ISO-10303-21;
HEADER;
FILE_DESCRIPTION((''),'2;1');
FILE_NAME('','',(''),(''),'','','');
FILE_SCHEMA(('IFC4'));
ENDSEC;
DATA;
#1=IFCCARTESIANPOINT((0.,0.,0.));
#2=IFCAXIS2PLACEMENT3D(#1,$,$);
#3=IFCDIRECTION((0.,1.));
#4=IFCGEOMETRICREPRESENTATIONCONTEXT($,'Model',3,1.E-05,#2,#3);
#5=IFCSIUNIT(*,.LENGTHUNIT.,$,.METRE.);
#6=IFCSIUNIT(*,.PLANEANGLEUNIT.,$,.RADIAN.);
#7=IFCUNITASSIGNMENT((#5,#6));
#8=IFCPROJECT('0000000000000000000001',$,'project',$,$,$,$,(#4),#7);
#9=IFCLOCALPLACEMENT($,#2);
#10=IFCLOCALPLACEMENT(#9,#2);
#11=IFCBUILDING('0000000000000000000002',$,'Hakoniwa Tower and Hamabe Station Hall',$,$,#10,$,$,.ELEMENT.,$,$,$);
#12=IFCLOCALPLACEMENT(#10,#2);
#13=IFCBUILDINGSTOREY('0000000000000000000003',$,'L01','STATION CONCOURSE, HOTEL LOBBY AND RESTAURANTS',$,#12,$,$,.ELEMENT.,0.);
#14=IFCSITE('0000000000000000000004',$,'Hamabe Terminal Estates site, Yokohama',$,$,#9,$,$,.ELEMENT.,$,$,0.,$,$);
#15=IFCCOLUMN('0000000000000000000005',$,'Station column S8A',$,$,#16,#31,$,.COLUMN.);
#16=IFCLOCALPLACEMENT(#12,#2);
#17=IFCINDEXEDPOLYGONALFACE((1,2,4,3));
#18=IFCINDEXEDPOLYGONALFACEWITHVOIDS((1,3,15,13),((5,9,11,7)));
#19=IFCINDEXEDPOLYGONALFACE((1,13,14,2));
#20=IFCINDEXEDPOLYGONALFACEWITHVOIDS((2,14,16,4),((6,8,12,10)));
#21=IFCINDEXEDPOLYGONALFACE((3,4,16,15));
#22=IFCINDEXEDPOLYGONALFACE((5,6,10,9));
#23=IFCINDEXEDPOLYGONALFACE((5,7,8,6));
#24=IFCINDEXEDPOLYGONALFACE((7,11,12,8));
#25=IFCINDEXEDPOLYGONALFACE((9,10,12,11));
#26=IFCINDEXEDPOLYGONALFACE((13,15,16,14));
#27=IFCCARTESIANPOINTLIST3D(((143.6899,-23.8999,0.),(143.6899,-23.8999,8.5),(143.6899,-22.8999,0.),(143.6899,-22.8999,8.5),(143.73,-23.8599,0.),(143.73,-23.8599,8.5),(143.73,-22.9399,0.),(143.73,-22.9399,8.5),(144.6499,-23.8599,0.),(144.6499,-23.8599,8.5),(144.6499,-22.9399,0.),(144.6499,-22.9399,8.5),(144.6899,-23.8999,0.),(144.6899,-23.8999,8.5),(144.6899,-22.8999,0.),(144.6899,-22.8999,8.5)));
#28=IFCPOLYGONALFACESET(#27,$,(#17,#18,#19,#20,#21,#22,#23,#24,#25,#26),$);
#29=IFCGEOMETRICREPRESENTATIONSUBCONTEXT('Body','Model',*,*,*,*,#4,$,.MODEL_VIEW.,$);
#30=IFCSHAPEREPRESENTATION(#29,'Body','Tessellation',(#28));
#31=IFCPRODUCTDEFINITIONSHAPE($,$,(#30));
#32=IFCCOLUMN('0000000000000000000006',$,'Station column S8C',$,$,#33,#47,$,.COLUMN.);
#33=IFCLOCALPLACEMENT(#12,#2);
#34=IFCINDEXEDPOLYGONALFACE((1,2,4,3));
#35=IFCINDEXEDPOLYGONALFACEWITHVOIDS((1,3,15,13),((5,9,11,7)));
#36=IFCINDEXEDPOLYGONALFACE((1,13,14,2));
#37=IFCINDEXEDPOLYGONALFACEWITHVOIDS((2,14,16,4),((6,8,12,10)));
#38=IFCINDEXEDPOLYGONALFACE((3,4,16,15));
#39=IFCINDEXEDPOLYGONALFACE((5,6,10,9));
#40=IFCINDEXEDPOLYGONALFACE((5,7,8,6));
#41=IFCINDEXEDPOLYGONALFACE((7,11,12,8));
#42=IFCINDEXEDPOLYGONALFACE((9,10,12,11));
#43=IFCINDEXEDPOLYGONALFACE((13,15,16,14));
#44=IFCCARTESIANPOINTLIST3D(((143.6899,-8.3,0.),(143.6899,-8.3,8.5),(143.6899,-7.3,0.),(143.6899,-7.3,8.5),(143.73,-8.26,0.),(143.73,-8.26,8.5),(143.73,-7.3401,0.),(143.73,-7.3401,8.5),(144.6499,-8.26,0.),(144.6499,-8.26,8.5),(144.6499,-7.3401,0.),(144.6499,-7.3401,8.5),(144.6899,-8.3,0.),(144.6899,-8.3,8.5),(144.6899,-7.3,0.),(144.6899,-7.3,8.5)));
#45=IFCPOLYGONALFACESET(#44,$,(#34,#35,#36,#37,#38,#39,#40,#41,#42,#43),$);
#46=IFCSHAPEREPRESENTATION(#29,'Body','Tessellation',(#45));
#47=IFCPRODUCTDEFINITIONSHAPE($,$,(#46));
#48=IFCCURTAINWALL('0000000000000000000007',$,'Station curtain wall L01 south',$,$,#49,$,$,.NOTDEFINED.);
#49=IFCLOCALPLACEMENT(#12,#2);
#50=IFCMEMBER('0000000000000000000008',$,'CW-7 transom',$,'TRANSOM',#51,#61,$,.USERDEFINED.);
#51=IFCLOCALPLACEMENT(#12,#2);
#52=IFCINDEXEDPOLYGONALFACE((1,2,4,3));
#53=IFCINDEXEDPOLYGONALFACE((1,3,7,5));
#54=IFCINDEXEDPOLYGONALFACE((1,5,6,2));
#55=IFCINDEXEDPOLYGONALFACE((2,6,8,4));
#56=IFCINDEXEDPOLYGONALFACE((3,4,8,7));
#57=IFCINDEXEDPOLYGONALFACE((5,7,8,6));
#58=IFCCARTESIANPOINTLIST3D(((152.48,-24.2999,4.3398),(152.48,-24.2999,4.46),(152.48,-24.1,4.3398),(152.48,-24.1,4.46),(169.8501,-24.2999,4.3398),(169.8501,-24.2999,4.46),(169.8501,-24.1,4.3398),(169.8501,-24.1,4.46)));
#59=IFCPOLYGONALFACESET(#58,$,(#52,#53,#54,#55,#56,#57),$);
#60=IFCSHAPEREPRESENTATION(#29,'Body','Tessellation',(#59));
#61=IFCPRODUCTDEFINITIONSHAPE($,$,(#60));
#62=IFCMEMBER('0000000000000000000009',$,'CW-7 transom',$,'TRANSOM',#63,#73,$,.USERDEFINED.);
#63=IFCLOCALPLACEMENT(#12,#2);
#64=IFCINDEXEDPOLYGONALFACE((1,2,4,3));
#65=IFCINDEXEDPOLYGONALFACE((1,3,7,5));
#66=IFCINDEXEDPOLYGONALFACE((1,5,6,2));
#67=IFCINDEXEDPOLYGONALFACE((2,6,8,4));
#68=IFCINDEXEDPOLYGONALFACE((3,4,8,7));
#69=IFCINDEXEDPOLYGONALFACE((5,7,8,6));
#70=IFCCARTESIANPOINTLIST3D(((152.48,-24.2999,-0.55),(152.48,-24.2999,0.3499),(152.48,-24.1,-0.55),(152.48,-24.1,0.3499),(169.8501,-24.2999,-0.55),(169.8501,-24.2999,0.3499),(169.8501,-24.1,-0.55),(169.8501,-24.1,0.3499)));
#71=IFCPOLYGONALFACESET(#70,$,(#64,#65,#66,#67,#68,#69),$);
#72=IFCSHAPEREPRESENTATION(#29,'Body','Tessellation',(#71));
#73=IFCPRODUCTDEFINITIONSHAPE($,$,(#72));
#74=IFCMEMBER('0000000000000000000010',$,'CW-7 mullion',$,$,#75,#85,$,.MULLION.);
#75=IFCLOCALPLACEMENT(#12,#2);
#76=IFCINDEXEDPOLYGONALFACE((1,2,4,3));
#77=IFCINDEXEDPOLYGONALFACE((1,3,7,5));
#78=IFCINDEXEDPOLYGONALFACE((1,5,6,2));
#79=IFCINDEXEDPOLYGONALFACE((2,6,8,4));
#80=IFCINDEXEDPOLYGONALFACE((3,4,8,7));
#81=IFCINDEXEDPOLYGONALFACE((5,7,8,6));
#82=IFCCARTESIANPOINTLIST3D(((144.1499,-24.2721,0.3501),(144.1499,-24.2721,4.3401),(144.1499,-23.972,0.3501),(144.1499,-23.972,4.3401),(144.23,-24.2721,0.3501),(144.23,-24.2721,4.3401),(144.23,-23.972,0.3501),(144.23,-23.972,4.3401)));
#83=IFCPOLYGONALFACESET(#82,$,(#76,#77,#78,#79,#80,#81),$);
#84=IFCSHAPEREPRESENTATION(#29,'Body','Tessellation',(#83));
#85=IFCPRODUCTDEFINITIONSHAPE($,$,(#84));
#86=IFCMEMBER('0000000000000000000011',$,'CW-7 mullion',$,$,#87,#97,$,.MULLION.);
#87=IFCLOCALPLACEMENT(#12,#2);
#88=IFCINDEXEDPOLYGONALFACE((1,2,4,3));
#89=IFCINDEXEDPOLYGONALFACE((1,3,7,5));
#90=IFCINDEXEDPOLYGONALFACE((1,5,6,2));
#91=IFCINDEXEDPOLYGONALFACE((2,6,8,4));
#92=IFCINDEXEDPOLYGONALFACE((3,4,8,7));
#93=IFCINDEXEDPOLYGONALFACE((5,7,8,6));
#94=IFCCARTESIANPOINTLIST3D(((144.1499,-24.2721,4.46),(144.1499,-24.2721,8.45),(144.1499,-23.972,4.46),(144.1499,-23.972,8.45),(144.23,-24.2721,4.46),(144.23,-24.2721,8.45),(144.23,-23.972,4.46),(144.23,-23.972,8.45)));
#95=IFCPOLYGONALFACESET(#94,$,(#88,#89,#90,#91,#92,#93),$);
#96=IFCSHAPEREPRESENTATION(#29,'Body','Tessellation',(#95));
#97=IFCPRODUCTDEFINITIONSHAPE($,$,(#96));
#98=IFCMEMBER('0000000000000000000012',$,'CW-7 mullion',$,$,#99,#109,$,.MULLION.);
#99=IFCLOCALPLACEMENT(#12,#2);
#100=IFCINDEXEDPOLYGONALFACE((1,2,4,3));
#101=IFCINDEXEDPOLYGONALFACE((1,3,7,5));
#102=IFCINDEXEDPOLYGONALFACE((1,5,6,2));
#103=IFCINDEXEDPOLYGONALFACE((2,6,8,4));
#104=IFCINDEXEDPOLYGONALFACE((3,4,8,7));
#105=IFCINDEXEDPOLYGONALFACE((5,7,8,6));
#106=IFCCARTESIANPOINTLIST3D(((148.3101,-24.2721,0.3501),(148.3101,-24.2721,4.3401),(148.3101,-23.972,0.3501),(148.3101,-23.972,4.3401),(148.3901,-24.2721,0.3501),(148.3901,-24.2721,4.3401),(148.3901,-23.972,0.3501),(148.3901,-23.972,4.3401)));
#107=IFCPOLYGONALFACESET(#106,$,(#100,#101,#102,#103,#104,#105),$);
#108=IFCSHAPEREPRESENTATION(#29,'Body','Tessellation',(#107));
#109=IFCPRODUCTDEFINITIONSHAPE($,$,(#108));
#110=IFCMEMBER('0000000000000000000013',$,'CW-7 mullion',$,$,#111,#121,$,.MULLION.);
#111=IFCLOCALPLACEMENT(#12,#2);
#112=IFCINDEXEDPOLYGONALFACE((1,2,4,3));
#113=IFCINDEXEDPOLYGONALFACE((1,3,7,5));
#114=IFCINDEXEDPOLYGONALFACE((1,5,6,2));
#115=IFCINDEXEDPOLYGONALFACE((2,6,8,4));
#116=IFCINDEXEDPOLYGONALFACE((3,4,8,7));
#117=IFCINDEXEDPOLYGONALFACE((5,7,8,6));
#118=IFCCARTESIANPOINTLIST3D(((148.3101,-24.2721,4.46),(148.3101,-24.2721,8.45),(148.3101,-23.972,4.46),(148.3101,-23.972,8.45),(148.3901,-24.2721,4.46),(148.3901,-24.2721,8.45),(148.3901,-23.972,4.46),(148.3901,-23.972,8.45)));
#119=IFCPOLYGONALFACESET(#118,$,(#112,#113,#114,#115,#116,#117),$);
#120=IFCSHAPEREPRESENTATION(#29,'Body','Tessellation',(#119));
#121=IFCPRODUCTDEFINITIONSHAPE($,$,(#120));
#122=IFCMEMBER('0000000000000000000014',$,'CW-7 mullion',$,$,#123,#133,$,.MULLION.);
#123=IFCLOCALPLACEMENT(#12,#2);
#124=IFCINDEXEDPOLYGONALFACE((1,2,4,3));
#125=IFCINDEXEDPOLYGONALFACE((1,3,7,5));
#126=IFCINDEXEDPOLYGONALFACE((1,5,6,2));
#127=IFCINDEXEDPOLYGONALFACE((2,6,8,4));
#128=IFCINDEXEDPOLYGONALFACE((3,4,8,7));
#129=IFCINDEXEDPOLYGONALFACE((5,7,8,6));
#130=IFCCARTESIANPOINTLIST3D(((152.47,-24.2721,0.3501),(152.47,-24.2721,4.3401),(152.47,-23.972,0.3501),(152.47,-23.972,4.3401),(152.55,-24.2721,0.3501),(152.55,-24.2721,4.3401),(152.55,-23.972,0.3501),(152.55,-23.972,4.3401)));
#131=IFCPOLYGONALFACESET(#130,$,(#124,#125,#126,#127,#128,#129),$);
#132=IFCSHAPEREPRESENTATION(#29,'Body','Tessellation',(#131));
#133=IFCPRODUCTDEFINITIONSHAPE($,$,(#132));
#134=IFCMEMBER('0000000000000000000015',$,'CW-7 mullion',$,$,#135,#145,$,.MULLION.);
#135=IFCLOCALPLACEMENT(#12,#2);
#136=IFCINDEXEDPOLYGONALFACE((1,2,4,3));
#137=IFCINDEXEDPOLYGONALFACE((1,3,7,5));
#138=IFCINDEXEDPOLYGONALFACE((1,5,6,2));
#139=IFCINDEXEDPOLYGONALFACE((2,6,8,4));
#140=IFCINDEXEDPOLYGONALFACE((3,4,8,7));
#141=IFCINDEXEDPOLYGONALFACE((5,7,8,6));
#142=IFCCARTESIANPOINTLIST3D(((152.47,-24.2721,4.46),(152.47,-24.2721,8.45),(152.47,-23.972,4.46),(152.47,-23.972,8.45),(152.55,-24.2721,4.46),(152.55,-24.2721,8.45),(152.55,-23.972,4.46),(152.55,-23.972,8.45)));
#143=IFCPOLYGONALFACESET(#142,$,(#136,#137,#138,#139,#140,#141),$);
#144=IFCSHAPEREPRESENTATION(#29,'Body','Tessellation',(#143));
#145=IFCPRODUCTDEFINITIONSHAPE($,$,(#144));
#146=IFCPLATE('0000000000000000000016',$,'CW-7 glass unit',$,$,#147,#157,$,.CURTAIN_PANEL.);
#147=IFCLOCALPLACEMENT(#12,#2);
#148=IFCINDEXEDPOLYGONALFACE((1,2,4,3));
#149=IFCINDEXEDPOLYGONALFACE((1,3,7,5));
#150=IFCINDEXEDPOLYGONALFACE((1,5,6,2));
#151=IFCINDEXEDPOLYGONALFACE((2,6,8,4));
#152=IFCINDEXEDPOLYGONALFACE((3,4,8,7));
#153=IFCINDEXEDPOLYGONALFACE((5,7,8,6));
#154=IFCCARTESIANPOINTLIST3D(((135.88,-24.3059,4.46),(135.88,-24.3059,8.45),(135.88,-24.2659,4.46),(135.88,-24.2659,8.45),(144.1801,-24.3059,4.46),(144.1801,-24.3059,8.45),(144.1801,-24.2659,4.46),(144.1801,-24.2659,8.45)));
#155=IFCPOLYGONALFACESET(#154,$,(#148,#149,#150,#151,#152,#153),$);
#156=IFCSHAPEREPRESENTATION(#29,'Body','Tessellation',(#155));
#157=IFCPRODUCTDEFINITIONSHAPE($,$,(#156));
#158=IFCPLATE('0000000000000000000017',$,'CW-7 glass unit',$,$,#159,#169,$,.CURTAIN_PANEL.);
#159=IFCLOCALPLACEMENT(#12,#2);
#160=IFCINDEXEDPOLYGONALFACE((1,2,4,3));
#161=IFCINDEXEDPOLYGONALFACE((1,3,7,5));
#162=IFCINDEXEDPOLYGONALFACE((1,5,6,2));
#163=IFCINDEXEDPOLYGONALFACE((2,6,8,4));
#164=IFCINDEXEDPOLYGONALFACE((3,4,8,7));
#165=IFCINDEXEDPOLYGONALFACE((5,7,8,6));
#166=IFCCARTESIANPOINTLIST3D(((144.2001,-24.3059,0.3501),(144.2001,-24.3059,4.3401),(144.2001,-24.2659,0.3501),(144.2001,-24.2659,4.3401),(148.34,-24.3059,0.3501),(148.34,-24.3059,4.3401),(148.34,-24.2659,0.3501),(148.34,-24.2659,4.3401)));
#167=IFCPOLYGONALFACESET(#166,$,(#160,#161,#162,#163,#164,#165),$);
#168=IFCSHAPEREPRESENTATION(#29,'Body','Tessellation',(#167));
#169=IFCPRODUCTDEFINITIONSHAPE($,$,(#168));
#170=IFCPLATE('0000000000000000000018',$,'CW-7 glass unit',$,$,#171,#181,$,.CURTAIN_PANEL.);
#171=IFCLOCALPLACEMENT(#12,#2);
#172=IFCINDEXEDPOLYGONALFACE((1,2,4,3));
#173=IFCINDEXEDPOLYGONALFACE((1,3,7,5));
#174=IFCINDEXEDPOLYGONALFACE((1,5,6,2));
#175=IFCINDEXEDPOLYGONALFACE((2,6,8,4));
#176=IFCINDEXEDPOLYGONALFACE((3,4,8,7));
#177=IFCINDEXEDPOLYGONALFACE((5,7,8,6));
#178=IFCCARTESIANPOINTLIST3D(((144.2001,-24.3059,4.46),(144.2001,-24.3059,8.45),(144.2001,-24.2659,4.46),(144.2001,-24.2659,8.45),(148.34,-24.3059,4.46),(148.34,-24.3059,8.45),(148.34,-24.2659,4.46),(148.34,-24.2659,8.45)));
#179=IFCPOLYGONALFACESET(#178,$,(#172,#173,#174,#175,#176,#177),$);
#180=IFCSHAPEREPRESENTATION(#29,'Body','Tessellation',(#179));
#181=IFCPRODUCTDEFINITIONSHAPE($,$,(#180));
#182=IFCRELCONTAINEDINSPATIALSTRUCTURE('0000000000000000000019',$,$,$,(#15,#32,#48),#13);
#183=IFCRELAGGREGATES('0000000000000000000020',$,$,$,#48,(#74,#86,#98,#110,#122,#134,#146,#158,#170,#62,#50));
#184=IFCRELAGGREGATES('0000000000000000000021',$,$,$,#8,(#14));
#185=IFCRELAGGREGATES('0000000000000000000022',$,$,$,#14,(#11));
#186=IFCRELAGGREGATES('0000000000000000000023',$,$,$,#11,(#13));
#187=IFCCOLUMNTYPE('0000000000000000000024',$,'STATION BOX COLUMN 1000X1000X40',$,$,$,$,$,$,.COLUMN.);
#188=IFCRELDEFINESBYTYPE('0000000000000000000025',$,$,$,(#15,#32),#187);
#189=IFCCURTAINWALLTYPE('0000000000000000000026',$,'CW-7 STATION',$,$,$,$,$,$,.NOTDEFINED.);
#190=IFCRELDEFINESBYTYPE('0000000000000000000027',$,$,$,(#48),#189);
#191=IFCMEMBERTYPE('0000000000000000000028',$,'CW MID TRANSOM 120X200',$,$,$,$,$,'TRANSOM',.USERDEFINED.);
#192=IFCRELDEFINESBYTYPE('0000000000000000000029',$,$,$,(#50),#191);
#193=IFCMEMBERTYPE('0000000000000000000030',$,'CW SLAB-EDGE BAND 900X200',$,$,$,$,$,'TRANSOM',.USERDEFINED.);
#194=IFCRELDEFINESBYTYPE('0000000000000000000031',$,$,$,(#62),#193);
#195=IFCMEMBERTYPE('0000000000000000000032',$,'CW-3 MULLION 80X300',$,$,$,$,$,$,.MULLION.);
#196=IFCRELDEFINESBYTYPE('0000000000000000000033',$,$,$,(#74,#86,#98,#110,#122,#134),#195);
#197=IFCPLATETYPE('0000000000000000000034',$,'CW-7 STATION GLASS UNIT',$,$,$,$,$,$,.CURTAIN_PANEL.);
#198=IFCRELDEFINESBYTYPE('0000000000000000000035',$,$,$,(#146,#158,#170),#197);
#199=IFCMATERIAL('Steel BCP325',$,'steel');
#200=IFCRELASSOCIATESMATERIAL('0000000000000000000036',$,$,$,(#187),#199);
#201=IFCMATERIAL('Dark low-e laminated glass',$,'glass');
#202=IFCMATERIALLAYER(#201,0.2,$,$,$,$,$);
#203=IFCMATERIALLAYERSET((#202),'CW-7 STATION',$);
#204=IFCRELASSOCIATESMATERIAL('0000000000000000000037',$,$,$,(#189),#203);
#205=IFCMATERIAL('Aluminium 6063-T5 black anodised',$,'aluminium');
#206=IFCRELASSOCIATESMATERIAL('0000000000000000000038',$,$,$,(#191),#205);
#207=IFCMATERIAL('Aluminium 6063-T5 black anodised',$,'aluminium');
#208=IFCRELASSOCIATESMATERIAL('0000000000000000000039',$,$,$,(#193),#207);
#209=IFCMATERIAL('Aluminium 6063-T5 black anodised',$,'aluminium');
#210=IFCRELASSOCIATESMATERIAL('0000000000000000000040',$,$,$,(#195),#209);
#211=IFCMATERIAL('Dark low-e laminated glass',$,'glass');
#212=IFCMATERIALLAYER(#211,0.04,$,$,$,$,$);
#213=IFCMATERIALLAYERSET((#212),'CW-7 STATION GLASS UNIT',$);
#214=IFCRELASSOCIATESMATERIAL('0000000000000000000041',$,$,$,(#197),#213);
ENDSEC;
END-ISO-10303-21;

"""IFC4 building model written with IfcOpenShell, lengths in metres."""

from ifc_helpers import new_model, si_unit, direction, frame, origin, origin_2d, place, context, subcontext, project, spatial, rectangle, hollow_rectangle, extrude, material, layer, layer_set, material_profile, profile_set, type_object, element, aggregate, save


model = new_model("IFC4")

# Units and contexts
model_context = context("Model", 3, precision=1e-05, world=origin(), true_north=direction((0.0, 1.0)))
body_context = subcontext(model_context, "Body", "Model", "MODEL_VIEW")
ifc_project = project(units=[si_unit("LENGTHUNIT", "METRE"), si_unit("PLANEANGLEUNIT", "RADIAN")], contexts=[model_context])

# Site, building, storey
site_placement = place(None, origin())
site = spatial("IfcSite", under=ifc_project, at=site_placement, Name="Hamabe Terminal Estates site, Yokohama", CompositionType="ELEMENT", RefElevation=0.0)
building_placement = place(site_placement, origin())
building = spatial("IfcBuilding", under=site, at=building_placement, Name="Hakoniwa Tower and Hamabe Station Hall", CompositionType="ELEMENT")
storey_placement = place(building_placement, origin())
storey = spatial("IfcBuildingStorey", under=building, at=storey_placement, Name="L01", Description="STATION CONCOURSE, HOTEL LOBBY AND RESTAURANTS", CompositionType="ELEMENT", Elevation=0.0)

# Columns
ifc_material_1 = material(Name="Steel BCP325", Category="steel")
ifc_material_profile_1 = material_profile(ifc_material_1, hollow_rectangle(XDim=1.0, YDim=1.0, WallThickness=0.04, at=origin_2d()), Name="STATION BOX COLUMN 1000X1000X40")
ifc_profile_set_1 = profile_set([ifc_material_profile_1], Name="Steel BCP325")
column_type_1 = type_object("IfcColumnType", Name="STATION BOX COLUMN 1000X1000X40", PredefinedType="COLUMN", material=ifc_profile_set_1)
for number, where, z_axis, x_axis, name in (
    (1, (144.1899, -23.3999, 0.0), (0.0, 0.0, 1.0), (1.0, 0.0, 0.0), "Station column S8A"),
    (2, (144.1899, -7.8, 0.0), (0.0, 0.0, 1.0), (1.0, 0.0, 0.0), "Station column S8C"),
):
    element("IfcColumn", number, at=place(storey_placement, frame(where, z_axis=z_axis, x_axis=x_axis)), inside=storey, type_object=column_type_1, Name=name, PredefinedType="COLUMN", context=body_context, shape_type="SweptSolid", body=[
        extrude(hollow_rectangle(XDim=1.0, YDim=1.0, WallThickness=0.04, at=origin_2d()), origin(), (0.0, 0.0, 1.0), 8.5),
    ])

# Curtain wall, members, plates
ifc_material_2 = material(Name="Dark low-e laminated glass", Category="glass")
ifc_layer_1 = layer(ifc_material_2, 0.2)
ifc_layer_set_1 = layer_set([ifc_layer_1], Name="CW-7 STATION")
curtain_wall_type = type_object("IfcCurtainWallType", Name="CW-7 STATION", PredefinedType="NOTDEFINED", material=ifc_layer_set_1)
curtain_wall_placement = place(storey_placement, origin())
curtain_wall = element("IfcCurtainWall", 3, at=curtain_wall_placement, inside=storey, type_object=curtain_wall_type, Name="Station curtain wall L01 south", PredefinedType="NOTDEFINED")
ifc_material_3 = material(Name="Aluminium 6063-T5 black anodised", Category="aluminium")
ifc_material_profile_2 = material_profile(ifc_material_3, rectangle(XDim=0.2, YDim=0.1201, at=origin_2d()), Name="CW MID TRANSOM 120X200")
ifc_profile_set_2 = profile_set([ifc_material_profile_2], Name="Aluminium 6063-T5 black anodised")
member_type_1 = type_object("IfcMemberType", Name="CW MID TRANSOM 120X200", ElementType="TRANSOM", PredefinedType="USERDEFINED", material=ifc_profile_set_2)
member_1_placement = place(storey_placement, frame((152.48, -24.2, 4.3999), z_axis=(1.0, 0.0, 0.0), x_axis=(0.0, 1.0, 0.0)))
member_1 = element("IfcMember", 4, at=member_1_placement, type_object=member_type_1, Name="CW-7 transom", ObjectType="TRANSOM", PredefinedType="USERDEFINED", context=body_context, shape_type="SweptSolid", body=[
    extrude(rectangle(XDim=0.2, YDim=0.1201, at=origin_2d()), origin(), (0.0, 0.0, 1.0), 17.3701),
])
ifc_material_4 = material(Name="Aluminium 6063-T5 black anodised", Category="aluminium")
ifc_material_profile_3 = material_profile(ifc_material_4, rectangle(XDim=0.2, YDim=0.8999, at=origin_2d()), Name="CW SLAB-EDGE BAND 900X200")
ifc_profile_set_3 = profile_set([ifc_material_profile_3], Name="Aluminium 6063-T5 black anodised")
member_type_2 = type_object("IfcMemberType", Name="CW SLAB-EDGE BAND 900X200", ElementType="TRANSOM", PredefinedType="USERDEFINED", material=ifc_profile_set_3)
member_2_placement = place(storey_placement, frame((152.48, -24.2, -0.1001), z_axis=(1.0, 0.0, 0.0), x_axis=(0.0, 1.0, 0.0)))
member_2 = element("IfcMember", 5, at=member_2_placement, type_object=member_type_2, Name="CW-7 transom", ObjectType="TRANSOM", PredefinedType="USERDEFINED", context=body_context, shape_type="SweptSolid", body=[
    extrude(rectangle(XDim=0.2, YDim=0.8999, at=origin_2d()), origin(), (0.0, 0.0, 1.0), 17.3701),
])
ifc_material_5 = material(Name="Aluminium 6063-T5 black anodised", Category="aluminium")
ifc_material_profile_4 = material_profile(ifc_material_5, rectangle(XDim=0.0801, YDim=0.3, at=origin_2d()), Name="CW-3 MULLION 80X300")
ifc_profile_set_4 = profile_set([ifc_material_profile_4], Name="Aluminium 6063-T5 black anodised")
member_type_3 = type_object("IfcMemberType", Name="CW-3 MULLION 80X300", PredefinedType="MULLION", material=ifc_profile_set_4)
member_3_placement = place(storey_placement, frame((144.1899, -24.1221, 0.3501), z_axis=(0.0, 0.0, 1.0), x_axis=(1.0, 0.0, 0.0)))
member_3 = element("IfcMember", 6, at=member_3_placement, type_object=member_type_3, Name="CW-7 mullion", PredefinedType="MULLION", context=body_context, shape_type="SweptSolid", body=[
    extrude(rectangle(XDim=0.0801, YDim=0.3, at=origin_2d()), origin(), (0.0, 0.0, 1.0), 3.99),
])
member_4_placement = place(storey_placement, frame((144.1899, -24.1221, 4.46), z_axis=(0.0, 0.0, 1.0), x_axis=(1.0, 0.0, 0.0)))
member_4 = element("IfcMember", 7, at=member_4_placement, type_object=member_type_3, Name="CW-7 mullion", PredefinedType="MULLION", context=body_context, shape_type="SweptSolid", body=[
    extrude(rectangle(XDim=0.0801, YDim=0.3, at=origin_2d()), origin(), (0.0, 0.0, 1.0), 3.99),
])
member_5_placement = place(storey_placement, frame((148.3501, -24.1221, 0.3501), z_axis=(0.0, 0.0, 1.0), x_axis=(1.0, 0.0, 0.0)))
member_5 = element("IfcMember", 8, at=member_5_placement, type_object=member_type_3, Name="CW-7 mullion", PredefinedType="MULLION", context=body_context, shape_type="SweptSolid", body=[
    extrude(rectangle(XDim=0.0801, YDim=0.3, at=origin_2d()), origin(), (0.0, 0.0, 1.0), 3.99),
])
member_6_placement = place(storey_placement, frame((148.3501, -24.1221, 4.46), z_axis=(0.0, 0.0, 1.0), x_axis=(1.0, 0.0, 0.0)))
member_6 = element("IfcMember", 9, at=member_6_placement, type_object=member_type_3, Name="CW-7 mullion", PredefinedType="MULLION", context=body_context, shape_type="SweptSolid", body=[
    extrude(rectangle(XDim=0.0801, YDim=0.3, at=origin_2d()), origin(), (0.0, 0.0, 1.0), 3.99),
])
member_7_placement = place(storey_placement, frame((152.51, -24.1221, 0.3501), z_axis=(0.0, 0.0, 1.0), x_axis=(1.0, 0.0, 0.0)))
member_7 = element("IfcMember", 10, at=member_7_placement, type_object=member_type_3, Name="CW-7 mullion", PredefinedType="MULLION", context=body_context, shape_type="SweptSolid", body=[
    extrude(rectangle(XDim=0.0801, YDim=0.3, at=origin_2d()), origin(), (0.0, 0.0, 1.0), 3.99),
])
member_8_placement = place(storey_placement, frame((152.51, -24.1221, 4.46), z_axis=(0.0, 0.0, 1.0), x_axis=(1.0, 0.0, 0.0)))
member_8 = element("IfcMember", 11, at=member_8_placement, type_object=member_type_3, Name="CW-7 mullion", PredefinedType="MULLION", context=body_context, shape_type="SweptSolid", body=[
    extrude(rectangle(XDim=0.0801, YDim=0.3, at=origin_2d()), origin(), (0.0, 0.0, 1.0), 3.99),
])
ifc_material_6 = material(Name="Dark low-e laminated glass", Category="glass")
ifc_layer_2 = layer(ifc_material_6, 0.04)
ifc_layer_set_2 = layer_set([ifc_layer_2], Name="CW-7 STATION GLASS UNIT")
plate_type = type_object("IfcPlateType", Name="CW-7 STATION GLASS UNIT", PredefinedType="CURTAIN_PANEL", material=ifc_layer_set_2)
plate_1_placement = place(storey_placement, frame((140.03, -24.2859, 4.46), z_axis=(0.0, 0.0, 1.0), x_axis=(1.0, 0.0, 0.0)))
plate_1 = element("IfcPlate", 12, at=plate_1_placement, type_object=plate_type, Name="CW-7 glass unit", PredefinedType="CURTAIN_PANEL", context=body_context, shape_type="SweptSolid", body=[
    extrude(rectangle(XDim=8.3, YDim=0.04, at=origin_2d()), origin(), (0.0, 0.0, 1.0), 3.99),
])
plate_2_placement = place(storey_placement, frame((146.27, -24.2859, 0.3501), z_axis=(0.0, 0.0, 1.0), x_axis=(1.0, 0.0, 0.0)))
plate_2 = element("IfcPlate", 13, at=plate_2_placement, type_object=plate_type, Name="CW-7 glass unit", PredefinedType="CURTAIN_PANEL", context=body_context, shape_type="SweptSolid", body=[
    extrude(rectangle(XDim=4.1399, YDim=0.04, at=origin_2d()), origin(), (0.0, 0.0, 1.0), 3.99),
])
plate_3_placement = place(storey_placement, frame((146.27, -24.2859, 4.46), z_axis=(0.0, 0.0, 1.0), x_axis=(1.0, 0.0, 0.0)))
plate_3 = element("IfcPlate", 14, at=plate_3_placement, type_object=plate_type, Name="CW-7 glass unit", PredefinedType="CURTAIN_PANEL", context=body_context, shape_type="SweptSolid", body=[
    extrude(rectangle(XDim=4.1399, YDim=0.04, at=origin_2d()), origin(), (0.0, 0.0, 1.0), 3.99),
])
aggregate(curtain_wall, [member_3, member_4, member_5, member_6, member_7, member_8, plate_1, plate_2, plate_3, member_2, member_1])

save(model, "model.ifc")
